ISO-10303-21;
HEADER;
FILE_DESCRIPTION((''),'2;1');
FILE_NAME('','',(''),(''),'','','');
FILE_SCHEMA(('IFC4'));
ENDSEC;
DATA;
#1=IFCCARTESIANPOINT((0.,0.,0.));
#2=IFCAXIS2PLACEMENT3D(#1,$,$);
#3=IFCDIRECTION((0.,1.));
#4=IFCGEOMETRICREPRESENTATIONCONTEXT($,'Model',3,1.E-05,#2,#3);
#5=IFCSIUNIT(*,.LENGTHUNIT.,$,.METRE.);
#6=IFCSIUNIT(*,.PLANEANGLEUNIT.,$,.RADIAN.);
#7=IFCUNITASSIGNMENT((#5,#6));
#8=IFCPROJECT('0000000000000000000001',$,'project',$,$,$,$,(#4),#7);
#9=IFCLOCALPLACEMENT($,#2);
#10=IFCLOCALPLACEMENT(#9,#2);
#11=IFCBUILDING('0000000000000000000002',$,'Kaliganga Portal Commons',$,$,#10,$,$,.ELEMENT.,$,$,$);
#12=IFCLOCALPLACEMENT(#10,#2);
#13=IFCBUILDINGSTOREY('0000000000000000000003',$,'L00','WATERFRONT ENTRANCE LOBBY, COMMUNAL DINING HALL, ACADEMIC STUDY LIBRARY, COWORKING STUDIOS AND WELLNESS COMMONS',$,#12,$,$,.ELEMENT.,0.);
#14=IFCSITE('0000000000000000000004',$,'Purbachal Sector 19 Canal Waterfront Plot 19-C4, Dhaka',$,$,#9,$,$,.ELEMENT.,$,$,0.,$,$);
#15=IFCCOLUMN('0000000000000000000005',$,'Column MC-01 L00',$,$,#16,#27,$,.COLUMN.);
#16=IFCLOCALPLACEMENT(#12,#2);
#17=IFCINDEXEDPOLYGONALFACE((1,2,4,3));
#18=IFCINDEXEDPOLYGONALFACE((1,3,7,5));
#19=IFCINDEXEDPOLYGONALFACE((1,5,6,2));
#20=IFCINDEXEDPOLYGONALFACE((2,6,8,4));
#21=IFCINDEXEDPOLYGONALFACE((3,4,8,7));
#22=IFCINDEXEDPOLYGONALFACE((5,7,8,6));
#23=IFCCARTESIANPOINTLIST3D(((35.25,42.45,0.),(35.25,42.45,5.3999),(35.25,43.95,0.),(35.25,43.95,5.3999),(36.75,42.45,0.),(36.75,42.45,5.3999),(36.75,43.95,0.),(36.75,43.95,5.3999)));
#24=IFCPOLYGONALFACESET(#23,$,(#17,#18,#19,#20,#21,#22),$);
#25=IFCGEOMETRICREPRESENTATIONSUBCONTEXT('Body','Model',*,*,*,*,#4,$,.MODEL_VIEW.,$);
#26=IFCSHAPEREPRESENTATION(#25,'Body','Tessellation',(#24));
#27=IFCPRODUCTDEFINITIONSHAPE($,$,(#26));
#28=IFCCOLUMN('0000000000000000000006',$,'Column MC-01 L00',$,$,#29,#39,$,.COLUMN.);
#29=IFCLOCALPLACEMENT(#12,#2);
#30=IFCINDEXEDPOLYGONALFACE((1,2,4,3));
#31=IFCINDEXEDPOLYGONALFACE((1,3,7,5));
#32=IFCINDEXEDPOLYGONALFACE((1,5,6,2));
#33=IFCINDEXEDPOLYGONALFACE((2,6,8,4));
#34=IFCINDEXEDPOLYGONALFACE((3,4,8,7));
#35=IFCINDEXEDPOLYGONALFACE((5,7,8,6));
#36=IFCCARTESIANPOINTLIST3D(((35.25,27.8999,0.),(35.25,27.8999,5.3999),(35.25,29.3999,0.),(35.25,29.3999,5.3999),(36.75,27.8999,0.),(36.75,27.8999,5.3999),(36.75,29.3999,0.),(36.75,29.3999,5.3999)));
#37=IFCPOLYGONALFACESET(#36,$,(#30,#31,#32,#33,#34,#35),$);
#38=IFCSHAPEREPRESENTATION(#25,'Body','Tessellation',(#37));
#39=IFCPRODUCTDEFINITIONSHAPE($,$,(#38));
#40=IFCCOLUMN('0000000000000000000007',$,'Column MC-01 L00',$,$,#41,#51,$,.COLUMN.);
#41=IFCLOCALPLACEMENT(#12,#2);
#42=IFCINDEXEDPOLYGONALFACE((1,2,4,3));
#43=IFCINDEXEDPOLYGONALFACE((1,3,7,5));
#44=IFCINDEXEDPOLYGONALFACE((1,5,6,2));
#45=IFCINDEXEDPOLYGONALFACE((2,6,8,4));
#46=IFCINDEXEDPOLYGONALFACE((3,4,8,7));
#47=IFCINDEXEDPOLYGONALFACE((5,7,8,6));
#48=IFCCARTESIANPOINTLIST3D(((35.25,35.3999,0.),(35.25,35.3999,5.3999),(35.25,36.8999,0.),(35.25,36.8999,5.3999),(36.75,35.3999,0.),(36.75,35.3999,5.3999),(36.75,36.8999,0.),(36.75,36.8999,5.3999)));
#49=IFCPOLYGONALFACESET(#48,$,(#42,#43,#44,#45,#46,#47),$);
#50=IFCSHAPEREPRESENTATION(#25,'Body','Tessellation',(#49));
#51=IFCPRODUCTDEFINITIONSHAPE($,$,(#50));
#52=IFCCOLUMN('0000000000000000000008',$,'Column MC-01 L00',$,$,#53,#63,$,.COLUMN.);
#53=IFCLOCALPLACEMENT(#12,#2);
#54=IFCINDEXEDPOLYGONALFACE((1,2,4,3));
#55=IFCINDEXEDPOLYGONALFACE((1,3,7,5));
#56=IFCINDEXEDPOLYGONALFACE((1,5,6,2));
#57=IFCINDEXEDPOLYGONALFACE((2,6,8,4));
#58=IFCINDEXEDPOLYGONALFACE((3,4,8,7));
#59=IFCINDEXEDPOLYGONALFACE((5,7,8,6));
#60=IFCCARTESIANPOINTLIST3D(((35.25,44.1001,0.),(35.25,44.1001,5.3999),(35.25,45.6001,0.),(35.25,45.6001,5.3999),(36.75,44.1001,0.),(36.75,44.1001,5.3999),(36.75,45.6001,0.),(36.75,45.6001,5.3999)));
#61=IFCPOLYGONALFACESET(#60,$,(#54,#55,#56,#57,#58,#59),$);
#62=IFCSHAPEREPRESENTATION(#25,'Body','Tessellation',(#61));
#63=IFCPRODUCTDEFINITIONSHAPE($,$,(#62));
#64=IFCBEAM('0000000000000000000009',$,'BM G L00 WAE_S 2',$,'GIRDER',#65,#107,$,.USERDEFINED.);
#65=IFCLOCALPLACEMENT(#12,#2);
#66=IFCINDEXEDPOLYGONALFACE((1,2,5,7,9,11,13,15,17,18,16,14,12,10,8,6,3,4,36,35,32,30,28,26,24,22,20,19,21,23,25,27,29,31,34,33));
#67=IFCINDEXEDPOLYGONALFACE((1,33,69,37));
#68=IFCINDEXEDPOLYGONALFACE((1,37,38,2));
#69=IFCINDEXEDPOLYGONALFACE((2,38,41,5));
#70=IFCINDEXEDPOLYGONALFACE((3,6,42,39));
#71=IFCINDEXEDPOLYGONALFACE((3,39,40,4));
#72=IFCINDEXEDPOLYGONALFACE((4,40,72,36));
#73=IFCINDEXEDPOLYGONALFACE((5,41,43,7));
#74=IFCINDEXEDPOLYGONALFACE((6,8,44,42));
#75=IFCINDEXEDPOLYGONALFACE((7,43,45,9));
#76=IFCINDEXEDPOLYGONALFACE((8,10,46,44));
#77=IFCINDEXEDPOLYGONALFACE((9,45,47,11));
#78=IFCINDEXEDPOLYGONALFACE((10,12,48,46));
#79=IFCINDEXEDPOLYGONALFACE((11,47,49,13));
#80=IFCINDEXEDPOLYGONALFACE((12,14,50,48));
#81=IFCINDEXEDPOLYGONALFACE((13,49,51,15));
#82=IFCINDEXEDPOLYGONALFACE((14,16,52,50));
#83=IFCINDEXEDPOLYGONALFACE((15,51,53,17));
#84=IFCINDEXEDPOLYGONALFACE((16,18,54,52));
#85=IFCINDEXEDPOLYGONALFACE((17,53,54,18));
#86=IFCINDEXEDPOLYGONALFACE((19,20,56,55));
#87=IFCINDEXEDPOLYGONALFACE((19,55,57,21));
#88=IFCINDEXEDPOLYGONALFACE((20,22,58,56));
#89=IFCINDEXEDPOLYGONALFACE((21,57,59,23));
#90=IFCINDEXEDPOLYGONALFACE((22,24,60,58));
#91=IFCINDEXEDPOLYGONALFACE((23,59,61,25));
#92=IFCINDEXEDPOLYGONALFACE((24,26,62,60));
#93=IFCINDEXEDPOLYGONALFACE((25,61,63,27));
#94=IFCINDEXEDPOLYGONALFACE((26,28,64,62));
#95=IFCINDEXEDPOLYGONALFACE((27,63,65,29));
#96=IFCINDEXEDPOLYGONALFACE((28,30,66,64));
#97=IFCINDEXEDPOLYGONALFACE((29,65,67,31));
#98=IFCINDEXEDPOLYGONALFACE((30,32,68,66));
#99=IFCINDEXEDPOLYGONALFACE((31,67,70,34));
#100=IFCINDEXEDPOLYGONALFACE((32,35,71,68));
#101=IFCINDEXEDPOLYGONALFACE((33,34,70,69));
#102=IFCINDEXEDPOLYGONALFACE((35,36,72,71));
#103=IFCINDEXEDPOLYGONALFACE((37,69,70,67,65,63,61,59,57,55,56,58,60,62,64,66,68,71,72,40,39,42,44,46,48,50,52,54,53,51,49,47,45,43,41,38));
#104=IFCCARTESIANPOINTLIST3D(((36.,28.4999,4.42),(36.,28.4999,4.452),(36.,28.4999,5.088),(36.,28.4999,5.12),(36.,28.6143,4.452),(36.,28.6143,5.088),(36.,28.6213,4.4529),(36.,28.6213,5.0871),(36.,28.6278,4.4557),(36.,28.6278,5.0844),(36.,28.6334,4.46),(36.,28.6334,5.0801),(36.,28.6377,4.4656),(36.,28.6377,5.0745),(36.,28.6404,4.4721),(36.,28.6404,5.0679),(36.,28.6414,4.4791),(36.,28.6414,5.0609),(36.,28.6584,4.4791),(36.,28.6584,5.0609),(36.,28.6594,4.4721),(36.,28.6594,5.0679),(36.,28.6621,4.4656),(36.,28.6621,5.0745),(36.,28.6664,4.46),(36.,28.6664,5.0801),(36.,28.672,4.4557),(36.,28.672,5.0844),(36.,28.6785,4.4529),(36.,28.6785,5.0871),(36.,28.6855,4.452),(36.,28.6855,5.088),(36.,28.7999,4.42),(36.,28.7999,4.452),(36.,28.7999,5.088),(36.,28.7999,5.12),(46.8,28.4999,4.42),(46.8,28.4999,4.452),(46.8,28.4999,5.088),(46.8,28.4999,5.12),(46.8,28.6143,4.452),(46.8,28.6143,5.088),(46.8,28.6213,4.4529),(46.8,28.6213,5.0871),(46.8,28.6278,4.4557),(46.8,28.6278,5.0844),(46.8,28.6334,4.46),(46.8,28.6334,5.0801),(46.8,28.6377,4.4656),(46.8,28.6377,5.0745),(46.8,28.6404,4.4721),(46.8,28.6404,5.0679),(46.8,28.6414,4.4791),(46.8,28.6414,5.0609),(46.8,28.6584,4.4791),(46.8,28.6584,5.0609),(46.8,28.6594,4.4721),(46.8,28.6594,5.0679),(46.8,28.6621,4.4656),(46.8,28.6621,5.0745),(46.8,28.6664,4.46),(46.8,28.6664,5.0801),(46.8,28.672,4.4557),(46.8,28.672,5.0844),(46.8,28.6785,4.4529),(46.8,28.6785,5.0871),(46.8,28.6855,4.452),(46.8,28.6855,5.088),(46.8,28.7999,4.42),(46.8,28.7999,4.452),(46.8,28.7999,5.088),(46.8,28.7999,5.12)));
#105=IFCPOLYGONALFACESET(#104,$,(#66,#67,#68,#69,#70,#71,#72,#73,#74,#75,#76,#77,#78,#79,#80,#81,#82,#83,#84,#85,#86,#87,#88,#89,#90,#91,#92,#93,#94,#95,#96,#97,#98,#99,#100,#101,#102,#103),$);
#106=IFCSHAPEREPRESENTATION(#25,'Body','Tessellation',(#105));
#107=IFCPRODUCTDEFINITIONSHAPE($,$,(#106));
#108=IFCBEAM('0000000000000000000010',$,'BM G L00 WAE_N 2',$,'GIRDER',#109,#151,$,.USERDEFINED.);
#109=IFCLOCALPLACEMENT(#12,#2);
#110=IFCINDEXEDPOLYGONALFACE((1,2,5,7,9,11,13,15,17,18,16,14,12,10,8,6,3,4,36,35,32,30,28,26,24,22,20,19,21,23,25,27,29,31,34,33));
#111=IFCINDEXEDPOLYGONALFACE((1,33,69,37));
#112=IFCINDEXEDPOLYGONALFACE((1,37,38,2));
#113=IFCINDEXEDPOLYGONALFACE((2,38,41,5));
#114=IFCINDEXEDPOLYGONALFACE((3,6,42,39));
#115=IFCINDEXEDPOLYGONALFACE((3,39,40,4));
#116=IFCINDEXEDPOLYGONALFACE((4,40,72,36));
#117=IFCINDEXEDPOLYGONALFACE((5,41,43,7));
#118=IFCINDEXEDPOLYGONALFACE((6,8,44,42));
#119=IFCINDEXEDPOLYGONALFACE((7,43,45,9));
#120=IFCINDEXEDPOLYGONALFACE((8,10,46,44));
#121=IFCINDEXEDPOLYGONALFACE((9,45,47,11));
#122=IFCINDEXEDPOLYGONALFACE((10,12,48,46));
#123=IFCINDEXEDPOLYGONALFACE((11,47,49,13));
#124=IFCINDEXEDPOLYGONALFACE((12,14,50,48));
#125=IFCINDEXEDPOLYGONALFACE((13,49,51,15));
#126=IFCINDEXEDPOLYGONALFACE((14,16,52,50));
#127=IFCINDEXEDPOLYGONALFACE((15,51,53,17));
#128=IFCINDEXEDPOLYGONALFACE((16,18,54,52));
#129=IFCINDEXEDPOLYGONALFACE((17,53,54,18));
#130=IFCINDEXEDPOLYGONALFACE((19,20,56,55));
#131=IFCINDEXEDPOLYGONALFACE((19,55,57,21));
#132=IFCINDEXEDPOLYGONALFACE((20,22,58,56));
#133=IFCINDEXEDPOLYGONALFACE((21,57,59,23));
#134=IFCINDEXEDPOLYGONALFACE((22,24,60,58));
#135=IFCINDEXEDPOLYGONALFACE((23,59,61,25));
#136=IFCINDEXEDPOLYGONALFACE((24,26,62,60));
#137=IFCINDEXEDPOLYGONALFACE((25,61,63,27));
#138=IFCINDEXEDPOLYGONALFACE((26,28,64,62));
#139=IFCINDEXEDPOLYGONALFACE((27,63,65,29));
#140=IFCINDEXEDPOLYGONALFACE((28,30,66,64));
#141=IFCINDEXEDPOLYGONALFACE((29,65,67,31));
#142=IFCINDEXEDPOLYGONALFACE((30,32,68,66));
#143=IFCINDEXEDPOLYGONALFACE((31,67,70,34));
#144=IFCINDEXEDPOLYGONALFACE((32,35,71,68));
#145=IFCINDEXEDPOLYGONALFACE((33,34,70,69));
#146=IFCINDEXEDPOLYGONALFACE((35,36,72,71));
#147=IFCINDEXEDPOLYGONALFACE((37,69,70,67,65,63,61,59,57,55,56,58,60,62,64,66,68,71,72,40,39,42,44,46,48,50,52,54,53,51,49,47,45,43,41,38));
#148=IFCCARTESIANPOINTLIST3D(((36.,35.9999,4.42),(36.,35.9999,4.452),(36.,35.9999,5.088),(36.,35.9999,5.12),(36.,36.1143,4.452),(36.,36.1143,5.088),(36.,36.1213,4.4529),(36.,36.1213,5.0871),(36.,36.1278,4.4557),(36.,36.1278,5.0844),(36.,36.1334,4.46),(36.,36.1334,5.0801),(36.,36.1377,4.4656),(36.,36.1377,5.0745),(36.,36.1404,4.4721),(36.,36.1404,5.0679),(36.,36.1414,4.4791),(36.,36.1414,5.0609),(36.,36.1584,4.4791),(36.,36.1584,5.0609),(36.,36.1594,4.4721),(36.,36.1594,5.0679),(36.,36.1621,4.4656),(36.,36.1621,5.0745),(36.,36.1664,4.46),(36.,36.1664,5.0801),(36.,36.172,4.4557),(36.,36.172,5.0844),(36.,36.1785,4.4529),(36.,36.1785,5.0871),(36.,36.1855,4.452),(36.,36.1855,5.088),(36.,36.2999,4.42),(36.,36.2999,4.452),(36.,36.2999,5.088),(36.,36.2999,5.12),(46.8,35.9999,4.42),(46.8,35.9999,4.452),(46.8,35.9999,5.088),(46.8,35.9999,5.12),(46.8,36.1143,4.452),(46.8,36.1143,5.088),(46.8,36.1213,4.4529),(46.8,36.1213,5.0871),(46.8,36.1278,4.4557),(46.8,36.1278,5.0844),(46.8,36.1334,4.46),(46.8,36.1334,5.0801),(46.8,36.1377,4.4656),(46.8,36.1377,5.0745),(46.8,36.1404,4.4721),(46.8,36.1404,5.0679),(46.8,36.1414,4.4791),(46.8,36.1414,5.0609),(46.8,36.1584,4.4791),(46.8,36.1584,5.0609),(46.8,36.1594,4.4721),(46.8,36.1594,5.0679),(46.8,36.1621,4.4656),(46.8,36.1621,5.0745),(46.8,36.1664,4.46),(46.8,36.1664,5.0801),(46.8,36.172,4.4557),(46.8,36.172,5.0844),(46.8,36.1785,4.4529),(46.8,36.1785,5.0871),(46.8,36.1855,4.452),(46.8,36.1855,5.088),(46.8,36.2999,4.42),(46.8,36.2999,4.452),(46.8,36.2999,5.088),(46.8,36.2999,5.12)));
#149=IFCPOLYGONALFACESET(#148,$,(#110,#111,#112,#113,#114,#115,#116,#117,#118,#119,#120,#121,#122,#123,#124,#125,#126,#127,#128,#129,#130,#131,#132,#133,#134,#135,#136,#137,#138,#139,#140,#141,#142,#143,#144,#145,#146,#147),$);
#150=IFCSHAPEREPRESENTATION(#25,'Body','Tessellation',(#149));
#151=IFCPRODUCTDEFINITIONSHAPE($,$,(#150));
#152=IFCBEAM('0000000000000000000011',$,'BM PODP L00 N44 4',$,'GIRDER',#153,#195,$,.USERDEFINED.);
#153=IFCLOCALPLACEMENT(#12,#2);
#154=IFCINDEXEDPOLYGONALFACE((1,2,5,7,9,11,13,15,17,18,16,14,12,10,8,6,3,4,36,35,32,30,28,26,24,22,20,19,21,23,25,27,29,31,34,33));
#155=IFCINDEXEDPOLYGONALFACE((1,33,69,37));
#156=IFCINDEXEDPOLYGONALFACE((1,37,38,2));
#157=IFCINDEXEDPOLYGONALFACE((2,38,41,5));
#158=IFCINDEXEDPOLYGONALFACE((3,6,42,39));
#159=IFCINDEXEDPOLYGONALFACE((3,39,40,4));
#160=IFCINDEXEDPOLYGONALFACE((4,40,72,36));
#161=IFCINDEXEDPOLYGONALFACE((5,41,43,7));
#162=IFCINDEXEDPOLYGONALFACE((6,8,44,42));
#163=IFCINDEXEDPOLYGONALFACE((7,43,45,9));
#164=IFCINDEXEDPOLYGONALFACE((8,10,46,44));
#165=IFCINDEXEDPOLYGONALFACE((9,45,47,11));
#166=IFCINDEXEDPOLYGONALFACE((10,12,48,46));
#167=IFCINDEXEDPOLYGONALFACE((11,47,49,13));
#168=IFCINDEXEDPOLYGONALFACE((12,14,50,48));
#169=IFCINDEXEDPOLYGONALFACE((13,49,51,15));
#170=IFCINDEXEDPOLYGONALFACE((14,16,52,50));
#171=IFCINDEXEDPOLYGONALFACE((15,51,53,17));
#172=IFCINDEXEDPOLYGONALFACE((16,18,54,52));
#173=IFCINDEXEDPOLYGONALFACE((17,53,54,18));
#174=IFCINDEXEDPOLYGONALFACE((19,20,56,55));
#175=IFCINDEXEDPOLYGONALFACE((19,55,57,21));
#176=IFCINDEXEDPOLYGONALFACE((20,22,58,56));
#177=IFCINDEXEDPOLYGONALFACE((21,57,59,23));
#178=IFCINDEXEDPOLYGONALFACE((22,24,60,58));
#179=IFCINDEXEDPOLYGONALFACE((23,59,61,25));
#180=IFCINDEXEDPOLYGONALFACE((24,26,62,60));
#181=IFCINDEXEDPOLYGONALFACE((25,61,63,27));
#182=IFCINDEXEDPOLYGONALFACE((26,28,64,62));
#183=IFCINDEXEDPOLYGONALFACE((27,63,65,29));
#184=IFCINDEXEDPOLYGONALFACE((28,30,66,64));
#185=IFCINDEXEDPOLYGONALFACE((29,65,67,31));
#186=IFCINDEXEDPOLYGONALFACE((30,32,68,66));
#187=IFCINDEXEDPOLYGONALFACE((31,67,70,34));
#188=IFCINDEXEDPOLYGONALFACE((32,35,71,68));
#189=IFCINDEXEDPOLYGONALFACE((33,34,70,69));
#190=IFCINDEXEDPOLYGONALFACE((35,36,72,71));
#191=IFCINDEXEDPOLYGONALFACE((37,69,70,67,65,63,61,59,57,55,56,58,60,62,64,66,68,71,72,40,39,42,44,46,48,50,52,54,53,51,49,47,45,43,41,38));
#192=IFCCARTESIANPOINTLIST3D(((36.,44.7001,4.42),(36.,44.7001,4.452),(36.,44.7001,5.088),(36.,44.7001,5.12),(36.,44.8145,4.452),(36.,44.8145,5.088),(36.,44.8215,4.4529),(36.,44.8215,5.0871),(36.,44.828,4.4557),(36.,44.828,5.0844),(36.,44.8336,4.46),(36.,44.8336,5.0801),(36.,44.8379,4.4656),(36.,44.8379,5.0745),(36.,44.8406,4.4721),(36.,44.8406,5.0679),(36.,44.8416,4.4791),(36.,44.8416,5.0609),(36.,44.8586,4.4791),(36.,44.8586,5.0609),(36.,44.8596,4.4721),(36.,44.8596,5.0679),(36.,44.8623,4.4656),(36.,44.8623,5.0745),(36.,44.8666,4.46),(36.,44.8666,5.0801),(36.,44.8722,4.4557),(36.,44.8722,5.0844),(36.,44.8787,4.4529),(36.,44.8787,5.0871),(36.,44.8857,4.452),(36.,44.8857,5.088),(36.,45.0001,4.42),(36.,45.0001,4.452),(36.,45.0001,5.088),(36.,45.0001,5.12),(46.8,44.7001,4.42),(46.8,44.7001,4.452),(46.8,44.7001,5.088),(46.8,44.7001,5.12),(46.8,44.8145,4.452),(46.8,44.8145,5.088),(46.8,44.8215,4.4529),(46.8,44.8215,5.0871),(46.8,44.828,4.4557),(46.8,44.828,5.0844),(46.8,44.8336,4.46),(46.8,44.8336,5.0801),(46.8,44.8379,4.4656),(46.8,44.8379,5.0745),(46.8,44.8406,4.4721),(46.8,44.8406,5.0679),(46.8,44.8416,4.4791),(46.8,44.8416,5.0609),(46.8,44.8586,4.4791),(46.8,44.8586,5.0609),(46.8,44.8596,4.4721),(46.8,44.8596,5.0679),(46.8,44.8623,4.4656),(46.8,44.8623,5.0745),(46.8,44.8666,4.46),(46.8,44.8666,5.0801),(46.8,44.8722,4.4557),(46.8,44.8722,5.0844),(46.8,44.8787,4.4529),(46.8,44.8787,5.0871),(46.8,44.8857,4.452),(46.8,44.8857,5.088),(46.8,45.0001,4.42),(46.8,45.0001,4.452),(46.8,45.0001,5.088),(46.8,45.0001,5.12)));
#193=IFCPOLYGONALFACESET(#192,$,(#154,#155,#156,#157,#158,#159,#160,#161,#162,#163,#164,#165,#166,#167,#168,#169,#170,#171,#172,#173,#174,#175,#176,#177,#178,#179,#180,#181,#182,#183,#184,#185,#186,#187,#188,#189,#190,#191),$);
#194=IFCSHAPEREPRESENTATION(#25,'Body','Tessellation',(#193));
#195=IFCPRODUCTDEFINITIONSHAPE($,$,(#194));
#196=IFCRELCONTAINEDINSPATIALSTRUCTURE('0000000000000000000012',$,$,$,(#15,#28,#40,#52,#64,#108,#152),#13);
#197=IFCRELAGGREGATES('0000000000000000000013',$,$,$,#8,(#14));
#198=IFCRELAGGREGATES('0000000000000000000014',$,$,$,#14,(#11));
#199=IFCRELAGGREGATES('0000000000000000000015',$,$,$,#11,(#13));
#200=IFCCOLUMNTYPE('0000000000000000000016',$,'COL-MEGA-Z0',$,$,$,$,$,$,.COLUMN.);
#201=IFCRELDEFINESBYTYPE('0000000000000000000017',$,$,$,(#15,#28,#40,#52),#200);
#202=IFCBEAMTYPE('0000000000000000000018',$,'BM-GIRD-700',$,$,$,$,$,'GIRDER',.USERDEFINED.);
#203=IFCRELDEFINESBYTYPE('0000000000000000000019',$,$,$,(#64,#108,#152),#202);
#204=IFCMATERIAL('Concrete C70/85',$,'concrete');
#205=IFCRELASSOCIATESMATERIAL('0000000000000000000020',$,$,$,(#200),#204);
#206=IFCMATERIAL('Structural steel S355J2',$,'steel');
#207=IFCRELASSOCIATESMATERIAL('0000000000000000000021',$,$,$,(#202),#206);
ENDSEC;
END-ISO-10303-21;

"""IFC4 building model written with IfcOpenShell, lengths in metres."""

from ifc_helpers import new_model, si_unit, direction, frame, origin, origin_2d, place, context, subcontext, project, spatial, rectangle, i_section, extrude, source, transform, mapped, material, material_profile, profile_set, type_object, element, save


model = new_model("IFC4")

# Units and contexts
model_context = context("Model", 3, precision=1e-05, world=origin(), true_north=direction((0.0, 1.0)))
body_context = subcontext(model_context, "Body", "Model", "MODEL_VIEW")
ifc_project = project(units=[si_unit("LENGTHUNIT", "METRE"), si_unit("PLANEANGLEUNIT", "RADIAN")], contexts=[model_context])

# Site, building, storey
site_placement = place(None, origin())
site = spatial("IfcSite", under=ifc_project, at=site_placement, Name="Purbachal Sector 19 Canal Waterfront Plot 19-C4, Dhaka", CompositionType="ELEMENT", RefElevation=0.0)
building_placement = place(site_placement, origin())
building = spatial("IfcBuilding", under=site, at=building_placement, Name="Kaliganga Portal Commons", CompositionType="ELEMENT")
storey_placement = place(building_placement, origin())
storey = spatial("IfcBuildingStorey", under=building, at=storey_placement, Name="L00", Description="WATERFRONT ENTRANCE LOBBY, COMMUNAL DINING HALL, ACADEMIC STUDY LIBRARY, COWORKING STUDIOS AND WELLNESS COMMONS", CompositionType="ELEMENT", Elevation=0.0)

# Columns
ifc_material_1 = material(Name="Concrete C70/85", Category="concrete")
ifc_material_profile_1 = material_profile(ifc_material_1, rectangle(XDim=1.5, YDim=1.5, at=origin_2d()), Name="RC 1500x1500")
ifc_profile_set_1 = profile_set([ifc_material_profile_1], Name="Concrete C70/85")
column_type = type_object("IfcColumnType", Name="COL-MEGA-Z0", PredefinedType="COLUMN", material=ifc_profile_set_1)
shared_shape_1 = source(origin(), body_context, "Body", "SweptSolid", [
    extrude(rectangle(XDim=1.5, YDim=1.5, at=origin_2d()), origin(), (0.0, 0.0, 1.0), 5.3999),
])
for number, where, z_axis, x_axis, name in (
    (1, (36.0, 43.2, 0.0), (0.0, 0.0, 1.0), (1.0, 0.0, 0.0), "Column MC-01 L00"),
    (2, (36.0, 28.6499, 0.0), (0.0, 0.0, 1.0), (1.0, 0.0, 0.0), "Column MC-01 L00"),
    (3, (36.0, 36.1499, 0.0), (0.0, 0.0, 1.0), (1.0, 0.0, 0.0), "Column MC-01 L00"),
    (4, (36.0, 44.8501, 0.0), (0.0, 0.0, 1.0), (1.0, 0.0, 0.0), "Column MC-01 L00"),
):
    element("IfcColumn", number, at=place(storey_placement, frame(where, z_axis=z_axis, x_axis=x_axis)), inside=storey, type_object=column_type, Name=name, PredefinedType="COLUMN", context=body_context, shape_type="MappedRepresentation", body=[
        mapped(shared_shape_1, transform((0.0, 0.0, 0.0), x_axis=(1.0, 0.0, 0.0), y_axis=(0.0, 1.0, 0.0), z_axis=(0.0, 0.0, 1.0), scale=1.0)),
    ])

# Beams
ifc_material_2 = material(Name="Structural steel S355J2", Category="steel")
ifc_material_profile_2 = material_profile(ifc_material_2, i_section(OverallWidth=0.3, OverallDepth=0.7, WebThickness=0.0171, FlangeThickness=0.032, FilletRadius=0.0271, at=origin_2d()), Name="HE 700 B")
ifc_profile_set_2 = profile_set([ifc_material_profile_2], Name="Structural steel S355J2 wide-flange")
beam_type_1 = type_object("IfcBeamType", Name="BM-GIRD-700", ElementType="GIRDER", PredefinedType="USERDEFINED", material=ifc_profile_set_2)
shared_shape_2 = source(origin(), body_context, "Body", "SweptSolid", [
    extrude(i_section(OverallWidth=0.3, OverallDepth=0.7, WebThickness=0.0171, FlangeThickness=0.032, FilletRadius=0.0271, at=origin_2d()), origin(), (0.0, 0.0, 1.0), 10.8),
])
for number, where, z_axis, x_axis, name in (
    (5, (36.0, 28.6499, 4.77), (1.0, 0.0, 0.0), (0.0, 1.0, 0.0), "BM G L00 WAE_S 2"),
    (6, (36.0, 36.1499, 4.77), (1.0, 0.0, 0.0), (0.0, 1.0, 0.0), "BM G L00 WAE_N 2"),
    (7, (36.0, 44.8501, 4.77), (1.0, 0.0, 0.0), (0.0, 1.0, 0.0), "BM PODP L00 N44 4"),
):
    element("IfcBeam", number, at=place(storey_placement, frame(where, z_axis=z_axis, x_axis=x_axis)), inside=storey, type_object=beam_type_1, Name=name, ObjectType="GIRDER", PredefinedType="USERDEFINED", context=body_context, shape_type="MappedRepresentation", body=[
        mapped(shared_shape_2, transform((0.0, 0.0, 0.0), x_axis=(1.0, 0.0, 0.0), y_axis=(0.0, 1.0, 0.0), z_axis=(0.0, 0.0, 1.0), scale=1.0)),
    ])

save(model, "model.ifc")
